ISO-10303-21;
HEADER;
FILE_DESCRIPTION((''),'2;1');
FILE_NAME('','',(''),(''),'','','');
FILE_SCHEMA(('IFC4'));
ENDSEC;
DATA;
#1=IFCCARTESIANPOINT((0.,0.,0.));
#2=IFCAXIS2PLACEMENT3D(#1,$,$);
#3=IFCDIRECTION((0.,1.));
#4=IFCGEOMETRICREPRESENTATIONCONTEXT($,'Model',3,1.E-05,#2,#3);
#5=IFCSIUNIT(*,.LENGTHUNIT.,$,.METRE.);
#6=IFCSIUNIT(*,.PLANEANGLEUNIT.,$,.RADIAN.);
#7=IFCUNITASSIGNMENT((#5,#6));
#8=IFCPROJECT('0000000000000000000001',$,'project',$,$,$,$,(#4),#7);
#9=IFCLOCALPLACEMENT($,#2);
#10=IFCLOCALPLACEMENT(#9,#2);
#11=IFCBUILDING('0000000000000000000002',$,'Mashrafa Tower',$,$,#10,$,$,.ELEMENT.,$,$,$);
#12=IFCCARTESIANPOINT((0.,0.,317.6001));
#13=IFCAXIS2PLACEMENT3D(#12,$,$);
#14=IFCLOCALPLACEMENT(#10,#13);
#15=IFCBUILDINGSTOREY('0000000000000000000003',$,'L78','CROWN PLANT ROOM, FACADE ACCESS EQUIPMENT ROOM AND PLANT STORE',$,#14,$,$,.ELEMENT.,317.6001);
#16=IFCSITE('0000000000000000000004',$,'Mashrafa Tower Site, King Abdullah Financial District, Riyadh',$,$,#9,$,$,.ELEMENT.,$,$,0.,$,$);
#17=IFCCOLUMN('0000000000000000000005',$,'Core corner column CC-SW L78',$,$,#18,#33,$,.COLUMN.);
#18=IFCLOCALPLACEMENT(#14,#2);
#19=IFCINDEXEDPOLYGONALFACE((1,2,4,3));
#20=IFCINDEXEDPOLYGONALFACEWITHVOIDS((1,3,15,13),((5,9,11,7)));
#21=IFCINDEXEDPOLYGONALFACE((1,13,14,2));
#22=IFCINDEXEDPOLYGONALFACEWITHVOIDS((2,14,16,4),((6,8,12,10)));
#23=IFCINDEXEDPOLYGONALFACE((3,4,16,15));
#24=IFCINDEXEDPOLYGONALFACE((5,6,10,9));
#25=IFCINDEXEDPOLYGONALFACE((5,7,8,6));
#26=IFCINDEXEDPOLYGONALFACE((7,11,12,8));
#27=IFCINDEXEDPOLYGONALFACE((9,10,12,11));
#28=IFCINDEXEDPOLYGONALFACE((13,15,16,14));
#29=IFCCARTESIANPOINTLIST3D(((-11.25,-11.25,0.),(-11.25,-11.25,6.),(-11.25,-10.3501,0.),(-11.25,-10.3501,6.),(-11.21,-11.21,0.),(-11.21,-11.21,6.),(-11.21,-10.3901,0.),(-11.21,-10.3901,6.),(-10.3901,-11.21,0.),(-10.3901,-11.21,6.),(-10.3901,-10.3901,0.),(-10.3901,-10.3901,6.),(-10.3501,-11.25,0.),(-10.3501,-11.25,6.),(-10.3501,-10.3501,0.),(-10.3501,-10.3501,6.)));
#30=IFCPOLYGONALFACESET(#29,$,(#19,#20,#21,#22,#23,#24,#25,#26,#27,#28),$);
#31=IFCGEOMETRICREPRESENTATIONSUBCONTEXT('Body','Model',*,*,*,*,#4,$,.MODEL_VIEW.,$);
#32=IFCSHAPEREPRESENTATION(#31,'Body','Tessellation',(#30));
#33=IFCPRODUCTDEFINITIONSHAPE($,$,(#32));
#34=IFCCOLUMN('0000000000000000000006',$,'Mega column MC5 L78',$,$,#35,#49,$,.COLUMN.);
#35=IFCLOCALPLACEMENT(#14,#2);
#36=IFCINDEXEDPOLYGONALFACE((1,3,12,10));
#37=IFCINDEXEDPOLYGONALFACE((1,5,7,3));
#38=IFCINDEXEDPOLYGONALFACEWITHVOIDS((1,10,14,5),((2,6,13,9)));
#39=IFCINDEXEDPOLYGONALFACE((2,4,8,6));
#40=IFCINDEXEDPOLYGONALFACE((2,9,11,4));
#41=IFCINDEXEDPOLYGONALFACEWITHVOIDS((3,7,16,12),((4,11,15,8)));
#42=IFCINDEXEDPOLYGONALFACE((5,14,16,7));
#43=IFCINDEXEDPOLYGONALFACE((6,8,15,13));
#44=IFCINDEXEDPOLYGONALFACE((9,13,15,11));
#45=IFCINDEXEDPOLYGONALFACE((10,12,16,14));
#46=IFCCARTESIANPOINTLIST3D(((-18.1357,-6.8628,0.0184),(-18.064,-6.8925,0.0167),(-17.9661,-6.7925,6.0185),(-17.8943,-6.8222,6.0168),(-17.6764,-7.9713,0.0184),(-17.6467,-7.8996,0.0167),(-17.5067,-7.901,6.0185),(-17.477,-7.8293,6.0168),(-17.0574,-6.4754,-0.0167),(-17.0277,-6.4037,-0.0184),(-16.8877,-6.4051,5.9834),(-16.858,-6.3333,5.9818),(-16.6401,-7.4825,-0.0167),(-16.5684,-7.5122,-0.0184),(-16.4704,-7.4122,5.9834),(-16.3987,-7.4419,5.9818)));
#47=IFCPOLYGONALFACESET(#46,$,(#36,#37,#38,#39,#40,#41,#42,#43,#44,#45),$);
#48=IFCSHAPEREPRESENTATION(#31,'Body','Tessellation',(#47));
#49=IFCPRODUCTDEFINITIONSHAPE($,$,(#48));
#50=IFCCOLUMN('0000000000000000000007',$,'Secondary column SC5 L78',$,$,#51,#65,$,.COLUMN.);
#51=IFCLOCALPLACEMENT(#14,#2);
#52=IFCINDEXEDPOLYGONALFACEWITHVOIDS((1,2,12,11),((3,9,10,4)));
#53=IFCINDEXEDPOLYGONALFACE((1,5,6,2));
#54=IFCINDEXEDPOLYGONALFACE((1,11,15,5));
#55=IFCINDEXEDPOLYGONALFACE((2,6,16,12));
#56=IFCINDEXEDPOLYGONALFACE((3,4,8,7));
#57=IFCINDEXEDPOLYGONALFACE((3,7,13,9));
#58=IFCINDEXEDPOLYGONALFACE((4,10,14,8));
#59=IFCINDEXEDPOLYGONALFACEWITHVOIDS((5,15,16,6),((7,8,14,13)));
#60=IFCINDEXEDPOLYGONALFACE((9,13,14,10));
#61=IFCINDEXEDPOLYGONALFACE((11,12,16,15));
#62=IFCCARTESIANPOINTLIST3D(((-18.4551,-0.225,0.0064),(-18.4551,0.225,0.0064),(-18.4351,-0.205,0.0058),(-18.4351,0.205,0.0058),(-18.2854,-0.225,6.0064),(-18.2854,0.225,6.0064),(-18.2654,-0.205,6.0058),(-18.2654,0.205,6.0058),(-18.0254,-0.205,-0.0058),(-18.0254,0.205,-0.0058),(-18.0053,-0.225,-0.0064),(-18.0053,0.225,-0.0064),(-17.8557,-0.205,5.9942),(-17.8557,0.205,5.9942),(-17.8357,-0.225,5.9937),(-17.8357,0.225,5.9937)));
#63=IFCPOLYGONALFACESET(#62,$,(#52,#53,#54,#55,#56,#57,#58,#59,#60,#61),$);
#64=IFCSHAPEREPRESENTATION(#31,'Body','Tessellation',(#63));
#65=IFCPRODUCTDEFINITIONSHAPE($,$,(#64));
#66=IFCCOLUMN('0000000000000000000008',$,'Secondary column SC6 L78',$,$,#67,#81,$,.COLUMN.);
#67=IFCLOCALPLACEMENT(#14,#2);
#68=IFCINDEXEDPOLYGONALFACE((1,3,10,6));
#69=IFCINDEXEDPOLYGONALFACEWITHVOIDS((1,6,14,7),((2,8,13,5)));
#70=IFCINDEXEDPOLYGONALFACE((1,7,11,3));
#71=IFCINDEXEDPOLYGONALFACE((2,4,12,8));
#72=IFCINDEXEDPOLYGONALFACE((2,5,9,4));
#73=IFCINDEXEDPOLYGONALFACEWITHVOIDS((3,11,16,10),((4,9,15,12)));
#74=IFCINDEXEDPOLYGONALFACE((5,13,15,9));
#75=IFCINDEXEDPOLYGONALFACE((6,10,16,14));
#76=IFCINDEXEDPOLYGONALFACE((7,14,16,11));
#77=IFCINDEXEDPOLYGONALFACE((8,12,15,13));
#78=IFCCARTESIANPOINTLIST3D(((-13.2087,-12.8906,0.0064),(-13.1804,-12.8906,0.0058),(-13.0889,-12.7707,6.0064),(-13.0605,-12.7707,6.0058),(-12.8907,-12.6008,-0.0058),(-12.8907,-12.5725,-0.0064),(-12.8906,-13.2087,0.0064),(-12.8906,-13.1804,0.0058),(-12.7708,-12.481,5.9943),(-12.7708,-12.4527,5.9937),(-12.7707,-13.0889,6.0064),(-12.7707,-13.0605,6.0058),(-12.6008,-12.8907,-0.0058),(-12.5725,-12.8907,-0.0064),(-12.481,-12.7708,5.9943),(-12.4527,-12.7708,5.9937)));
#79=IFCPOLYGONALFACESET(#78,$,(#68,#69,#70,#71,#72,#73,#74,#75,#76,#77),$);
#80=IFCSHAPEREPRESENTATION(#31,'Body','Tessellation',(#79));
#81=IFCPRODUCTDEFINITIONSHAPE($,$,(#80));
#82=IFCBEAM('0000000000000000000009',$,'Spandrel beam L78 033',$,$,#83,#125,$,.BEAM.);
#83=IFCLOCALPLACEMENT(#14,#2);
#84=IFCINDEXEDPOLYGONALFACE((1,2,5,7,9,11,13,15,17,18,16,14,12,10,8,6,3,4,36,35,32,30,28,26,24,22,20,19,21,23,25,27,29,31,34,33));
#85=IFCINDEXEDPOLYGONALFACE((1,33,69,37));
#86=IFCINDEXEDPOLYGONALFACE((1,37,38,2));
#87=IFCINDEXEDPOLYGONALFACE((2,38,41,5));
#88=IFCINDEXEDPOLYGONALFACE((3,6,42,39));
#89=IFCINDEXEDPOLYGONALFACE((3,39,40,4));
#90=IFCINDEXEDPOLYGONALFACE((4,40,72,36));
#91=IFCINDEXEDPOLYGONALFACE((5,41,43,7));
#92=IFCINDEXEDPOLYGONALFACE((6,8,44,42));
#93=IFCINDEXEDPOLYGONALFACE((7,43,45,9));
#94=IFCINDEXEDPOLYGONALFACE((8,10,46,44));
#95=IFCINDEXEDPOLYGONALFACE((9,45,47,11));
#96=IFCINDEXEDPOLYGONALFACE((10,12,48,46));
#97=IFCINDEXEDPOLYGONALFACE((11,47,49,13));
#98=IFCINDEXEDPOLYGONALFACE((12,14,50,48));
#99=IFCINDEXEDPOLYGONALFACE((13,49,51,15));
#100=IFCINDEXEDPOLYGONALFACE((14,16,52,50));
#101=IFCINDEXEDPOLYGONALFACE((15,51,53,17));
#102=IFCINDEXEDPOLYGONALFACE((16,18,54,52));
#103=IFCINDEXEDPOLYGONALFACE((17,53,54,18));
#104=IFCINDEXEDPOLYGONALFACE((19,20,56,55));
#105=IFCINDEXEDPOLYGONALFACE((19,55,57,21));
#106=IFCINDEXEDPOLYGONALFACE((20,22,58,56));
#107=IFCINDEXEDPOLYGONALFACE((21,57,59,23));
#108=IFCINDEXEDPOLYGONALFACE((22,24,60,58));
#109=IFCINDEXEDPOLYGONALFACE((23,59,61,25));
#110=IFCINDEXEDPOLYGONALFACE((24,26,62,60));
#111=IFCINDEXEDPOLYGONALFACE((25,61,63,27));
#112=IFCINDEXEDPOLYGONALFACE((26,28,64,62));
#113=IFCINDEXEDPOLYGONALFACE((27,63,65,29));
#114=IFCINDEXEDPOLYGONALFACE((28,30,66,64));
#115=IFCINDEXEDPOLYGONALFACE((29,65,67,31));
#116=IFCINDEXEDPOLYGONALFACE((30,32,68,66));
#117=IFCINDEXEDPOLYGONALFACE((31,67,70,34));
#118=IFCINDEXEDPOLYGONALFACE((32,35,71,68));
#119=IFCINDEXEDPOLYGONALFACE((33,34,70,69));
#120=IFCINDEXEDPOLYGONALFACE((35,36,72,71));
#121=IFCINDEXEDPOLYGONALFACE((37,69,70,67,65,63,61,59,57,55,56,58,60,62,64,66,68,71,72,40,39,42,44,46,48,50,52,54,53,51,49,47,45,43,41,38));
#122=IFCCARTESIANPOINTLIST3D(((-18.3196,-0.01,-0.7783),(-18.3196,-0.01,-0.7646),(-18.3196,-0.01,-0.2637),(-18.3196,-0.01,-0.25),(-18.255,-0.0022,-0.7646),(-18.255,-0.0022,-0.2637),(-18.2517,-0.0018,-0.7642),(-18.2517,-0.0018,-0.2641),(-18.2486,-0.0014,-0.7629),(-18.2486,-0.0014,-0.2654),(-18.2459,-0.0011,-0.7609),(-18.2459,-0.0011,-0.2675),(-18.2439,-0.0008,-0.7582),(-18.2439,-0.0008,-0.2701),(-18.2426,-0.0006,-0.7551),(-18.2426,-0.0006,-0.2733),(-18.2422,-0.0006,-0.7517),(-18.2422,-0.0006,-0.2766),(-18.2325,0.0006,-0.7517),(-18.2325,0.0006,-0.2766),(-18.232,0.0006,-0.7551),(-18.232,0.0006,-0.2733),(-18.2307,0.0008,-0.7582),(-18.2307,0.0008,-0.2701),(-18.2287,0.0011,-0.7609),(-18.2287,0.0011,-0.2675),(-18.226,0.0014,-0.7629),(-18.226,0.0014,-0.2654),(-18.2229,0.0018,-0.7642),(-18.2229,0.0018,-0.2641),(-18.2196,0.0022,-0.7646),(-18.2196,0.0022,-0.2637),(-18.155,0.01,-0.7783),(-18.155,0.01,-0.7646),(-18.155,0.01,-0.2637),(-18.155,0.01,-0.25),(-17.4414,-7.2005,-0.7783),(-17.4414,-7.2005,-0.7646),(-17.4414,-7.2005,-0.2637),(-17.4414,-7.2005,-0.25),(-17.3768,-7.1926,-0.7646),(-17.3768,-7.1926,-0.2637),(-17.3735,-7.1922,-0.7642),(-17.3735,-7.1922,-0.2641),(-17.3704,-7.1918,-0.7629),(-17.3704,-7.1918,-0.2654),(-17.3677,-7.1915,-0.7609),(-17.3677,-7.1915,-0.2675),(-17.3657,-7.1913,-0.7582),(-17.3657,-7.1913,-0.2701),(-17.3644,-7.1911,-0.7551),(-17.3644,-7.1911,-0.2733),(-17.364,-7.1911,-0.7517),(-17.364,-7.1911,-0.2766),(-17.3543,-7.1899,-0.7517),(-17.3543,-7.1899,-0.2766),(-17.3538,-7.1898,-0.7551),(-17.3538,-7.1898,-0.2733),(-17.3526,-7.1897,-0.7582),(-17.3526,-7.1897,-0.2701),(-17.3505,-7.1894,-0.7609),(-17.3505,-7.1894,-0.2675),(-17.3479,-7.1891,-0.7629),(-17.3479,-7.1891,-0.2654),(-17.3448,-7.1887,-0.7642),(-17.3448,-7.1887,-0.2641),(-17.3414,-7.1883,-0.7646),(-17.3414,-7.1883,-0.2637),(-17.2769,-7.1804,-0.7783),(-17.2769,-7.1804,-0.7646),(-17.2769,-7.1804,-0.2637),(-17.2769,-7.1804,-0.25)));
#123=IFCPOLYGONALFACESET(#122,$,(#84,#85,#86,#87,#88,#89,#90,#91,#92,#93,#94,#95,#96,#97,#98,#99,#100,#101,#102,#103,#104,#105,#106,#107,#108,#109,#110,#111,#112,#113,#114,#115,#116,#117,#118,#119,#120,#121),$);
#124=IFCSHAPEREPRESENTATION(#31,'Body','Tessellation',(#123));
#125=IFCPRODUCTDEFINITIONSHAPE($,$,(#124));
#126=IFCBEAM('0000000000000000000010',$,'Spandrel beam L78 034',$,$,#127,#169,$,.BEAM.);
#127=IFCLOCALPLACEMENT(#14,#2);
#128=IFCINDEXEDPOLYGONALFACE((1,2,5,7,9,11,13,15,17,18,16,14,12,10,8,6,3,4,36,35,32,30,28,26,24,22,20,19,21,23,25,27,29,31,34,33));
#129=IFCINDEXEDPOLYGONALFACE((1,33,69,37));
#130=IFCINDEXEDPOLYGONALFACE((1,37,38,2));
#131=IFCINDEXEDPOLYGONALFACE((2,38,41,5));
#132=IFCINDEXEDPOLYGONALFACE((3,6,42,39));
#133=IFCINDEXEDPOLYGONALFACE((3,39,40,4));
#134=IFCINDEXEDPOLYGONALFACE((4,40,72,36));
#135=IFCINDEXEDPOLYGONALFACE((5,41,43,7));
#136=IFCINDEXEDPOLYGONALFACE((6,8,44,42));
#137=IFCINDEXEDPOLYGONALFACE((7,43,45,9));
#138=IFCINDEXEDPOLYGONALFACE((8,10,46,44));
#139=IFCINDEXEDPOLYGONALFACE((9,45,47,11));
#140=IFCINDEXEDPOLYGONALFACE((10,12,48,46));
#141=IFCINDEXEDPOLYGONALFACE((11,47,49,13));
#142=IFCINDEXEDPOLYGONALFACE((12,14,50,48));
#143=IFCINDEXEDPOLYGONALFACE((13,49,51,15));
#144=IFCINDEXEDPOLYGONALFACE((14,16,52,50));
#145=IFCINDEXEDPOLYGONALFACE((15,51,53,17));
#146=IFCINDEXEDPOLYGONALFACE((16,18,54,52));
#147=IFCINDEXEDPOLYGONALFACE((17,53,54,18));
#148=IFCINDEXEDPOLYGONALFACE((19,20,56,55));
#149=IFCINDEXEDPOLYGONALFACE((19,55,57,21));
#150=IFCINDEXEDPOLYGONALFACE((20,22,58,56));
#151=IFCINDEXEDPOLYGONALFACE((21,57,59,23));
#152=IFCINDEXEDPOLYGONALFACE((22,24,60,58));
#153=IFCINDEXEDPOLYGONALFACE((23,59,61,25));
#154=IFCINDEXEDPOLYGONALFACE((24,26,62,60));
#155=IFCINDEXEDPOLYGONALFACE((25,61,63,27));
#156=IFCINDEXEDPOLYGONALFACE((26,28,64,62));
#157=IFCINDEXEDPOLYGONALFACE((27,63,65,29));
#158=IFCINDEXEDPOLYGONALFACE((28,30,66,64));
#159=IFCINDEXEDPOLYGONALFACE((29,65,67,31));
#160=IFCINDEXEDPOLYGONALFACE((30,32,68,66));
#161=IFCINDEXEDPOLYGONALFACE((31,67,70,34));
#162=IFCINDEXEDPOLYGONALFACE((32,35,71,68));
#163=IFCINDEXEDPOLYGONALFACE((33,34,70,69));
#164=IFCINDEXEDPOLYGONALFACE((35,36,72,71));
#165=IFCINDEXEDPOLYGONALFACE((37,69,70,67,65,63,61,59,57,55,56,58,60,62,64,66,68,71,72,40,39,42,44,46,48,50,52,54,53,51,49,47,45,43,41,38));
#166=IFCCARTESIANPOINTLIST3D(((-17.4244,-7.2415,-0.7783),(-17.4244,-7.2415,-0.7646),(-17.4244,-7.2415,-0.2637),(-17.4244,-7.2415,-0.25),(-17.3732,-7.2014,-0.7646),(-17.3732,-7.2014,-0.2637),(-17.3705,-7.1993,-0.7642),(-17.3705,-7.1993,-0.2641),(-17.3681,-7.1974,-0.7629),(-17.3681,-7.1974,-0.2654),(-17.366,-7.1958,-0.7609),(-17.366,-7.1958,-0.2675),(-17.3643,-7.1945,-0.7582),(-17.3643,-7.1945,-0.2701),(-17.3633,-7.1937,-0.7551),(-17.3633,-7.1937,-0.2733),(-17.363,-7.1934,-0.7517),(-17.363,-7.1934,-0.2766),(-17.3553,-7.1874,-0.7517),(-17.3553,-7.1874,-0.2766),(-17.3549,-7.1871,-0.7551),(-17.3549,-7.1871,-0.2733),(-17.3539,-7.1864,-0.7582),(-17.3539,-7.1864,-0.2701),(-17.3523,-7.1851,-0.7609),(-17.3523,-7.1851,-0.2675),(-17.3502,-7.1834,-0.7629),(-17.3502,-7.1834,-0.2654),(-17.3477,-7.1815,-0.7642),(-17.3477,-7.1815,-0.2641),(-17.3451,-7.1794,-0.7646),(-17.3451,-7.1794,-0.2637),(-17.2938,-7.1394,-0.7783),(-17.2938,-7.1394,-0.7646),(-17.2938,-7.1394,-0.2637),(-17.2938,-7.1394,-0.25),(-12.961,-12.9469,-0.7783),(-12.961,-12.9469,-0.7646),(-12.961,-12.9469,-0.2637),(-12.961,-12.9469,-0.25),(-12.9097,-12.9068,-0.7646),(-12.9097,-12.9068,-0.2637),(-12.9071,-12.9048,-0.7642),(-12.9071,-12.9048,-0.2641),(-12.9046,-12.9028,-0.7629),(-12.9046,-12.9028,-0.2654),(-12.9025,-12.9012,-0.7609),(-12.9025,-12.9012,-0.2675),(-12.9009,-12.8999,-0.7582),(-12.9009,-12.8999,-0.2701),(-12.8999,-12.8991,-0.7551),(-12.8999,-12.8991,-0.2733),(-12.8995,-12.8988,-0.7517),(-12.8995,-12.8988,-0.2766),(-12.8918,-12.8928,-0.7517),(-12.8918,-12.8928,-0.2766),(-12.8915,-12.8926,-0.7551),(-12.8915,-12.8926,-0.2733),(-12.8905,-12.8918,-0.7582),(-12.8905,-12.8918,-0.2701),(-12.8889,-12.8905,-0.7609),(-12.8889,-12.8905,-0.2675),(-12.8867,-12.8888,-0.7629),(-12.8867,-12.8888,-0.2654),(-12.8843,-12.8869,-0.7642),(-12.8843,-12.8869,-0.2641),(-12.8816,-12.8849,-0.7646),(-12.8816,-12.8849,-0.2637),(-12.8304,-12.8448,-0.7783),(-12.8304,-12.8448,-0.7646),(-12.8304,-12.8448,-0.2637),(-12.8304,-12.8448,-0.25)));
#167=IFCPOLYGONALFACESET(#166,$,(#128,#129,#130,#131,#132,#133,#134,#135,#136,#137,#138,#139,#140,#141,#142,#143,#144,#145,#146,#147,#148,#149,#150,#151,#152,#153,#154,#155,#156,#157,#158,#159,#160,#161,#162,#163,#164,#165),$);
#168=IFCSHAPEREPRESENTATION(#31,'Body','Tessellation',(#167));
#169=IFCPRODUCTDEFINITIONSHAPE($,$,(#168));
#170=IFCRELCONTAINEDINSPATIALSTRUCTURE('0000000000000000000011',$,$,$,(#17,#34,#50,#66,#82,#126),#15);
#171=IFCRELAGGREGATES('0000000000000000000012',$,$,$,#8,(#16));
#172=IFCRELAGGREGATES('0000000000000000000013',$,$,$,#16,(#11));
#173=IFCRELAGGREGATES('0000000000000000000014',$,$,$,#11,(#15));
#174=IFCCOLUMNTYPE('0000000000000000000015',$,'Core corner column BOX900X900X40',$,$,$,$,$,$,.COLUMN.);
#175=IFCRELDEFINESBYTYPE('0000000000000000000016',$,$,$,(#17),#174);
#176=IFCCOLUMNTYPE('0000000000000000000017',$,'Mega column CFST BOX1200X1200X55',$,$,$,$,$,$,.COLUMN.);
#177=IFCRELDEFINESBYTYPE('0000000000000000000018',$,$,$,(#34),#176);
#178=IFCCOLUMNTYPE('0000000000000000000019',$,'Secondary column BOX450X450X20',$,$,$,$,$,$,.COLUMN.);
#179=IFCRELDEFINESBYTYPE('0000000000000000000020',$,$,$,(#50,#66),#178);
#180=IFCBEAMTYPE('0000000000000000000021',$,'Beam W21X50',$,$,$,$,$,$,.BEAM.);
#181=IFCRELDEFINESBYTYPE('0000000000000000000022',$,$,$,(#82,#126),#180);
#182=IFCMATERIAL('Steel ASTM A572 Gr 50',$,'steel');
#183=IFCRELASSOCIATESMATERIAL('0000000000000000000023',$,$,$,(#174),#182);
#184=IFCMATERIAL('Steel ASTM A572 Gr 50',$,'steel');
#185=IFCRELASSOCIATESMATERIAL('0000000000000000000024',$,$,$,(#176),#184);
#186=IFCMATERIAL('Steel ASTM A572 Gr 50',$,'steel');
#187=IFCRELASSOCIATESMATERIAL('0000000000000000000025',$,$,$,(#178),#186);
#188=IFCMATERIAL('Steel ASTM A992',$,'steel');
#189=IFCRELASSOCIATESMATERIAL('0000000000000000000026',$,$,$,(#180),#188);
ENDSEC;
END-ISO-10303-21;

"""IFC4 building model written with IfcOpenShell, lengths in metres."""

from ifc_helpers import new_model, si_unit, direction, frame, origin, origin_2d, place, context, subcontext, project, spatial, hollow_rectangle, i_section, extrude, material, material_profile, profile_set, type_object, element, save


model = new_model("IFC4")

# Units and contexts
model_context = context("Model", 3, precision=1e-05, world=origin(), true_north=direction((0.0, 1.0)))
body_context = subcontext(model_context, "Body", "Model", "MODEL_VIEW")
ifc_project = project(units=[si_unit("LENGTHUNIT", "METRE"), si_unit("PLANEANGLEUNIT", "RADIAN")], contexts=[model_context])

# Site, building, storey
site_placement = place(None, origin())
site = spatial("IfcSite", under=ifc_project, at=site_placement, Name="Mashrafa Tower Site, King Abdullah Financial District, Riyadh", CompositionType="ELEMENT", RefElevation=0.0)
building_placement = place(site_placement, origin())
building = spatial("IfcBuilding", under=site, at=building_placement, Name="Mashrafa Tower", CompositionType="ELEMENT")
storey_placement = place(building_placement, frame((0.0, 0.0, 317.6001)))
storey = spatial("IfcBuildingStorey", under=building, at=storey_placement, Name="L78", Description="CROWN PLANT ROOM, FACADE ACCESS EQUIPMENT ROOM AND PLANT STORE", CompositionType="ELEMENT", Elevation=317.6001)

# Columns
ifc_material_1 = material(Name="Steel ASTM A572 Gr 50", Category="steel")
ifc_material_profile_1 = material_profile(ifc_material_1, hollow_rectangle(XDim=0.8999, YDim=0.8999, WallThickness=0.04, at=origin_2d()), Name="BOX900X900X40")
ifc_profile_set_1 = profile_set([ifc_material_profile_1], Name="Steel ASTM A572 Gr 50")
column_type_1 = type_object("IfcColumnType", Name="Core corner column BOX900X900X40", PredefinedType="COLUMN", material=ifc_profile_set_1)
column_1_placement = place(storey_placement, frame((-10.8, -10.8, 0.0), z_axis=(0.0, 0.0, 1.0), x_axis=(1.0, 0.0, 0.0)))
element("IfcColumn", 1, at=column_1_placement, inside=storey, type_object=column_type_1, Name="Core corner column CC-SW L78", PredefinedType="COLUMN", context=body_context, shape_type="SweptSolid", body=[
    extrude(hollow_rectangle(XDim=0.8999, YDim=0.8999, WallThickness=0.04, at=origin_2d()), origin(), (0.0, 0.0, 1.0), 6.0),
])
ifc_material_2 = material(Name="Steel ASTM A572 Gr 50", Category="steel")
ifc_material_profile_2 = material_profile(ifc_material_2, hollow_rectangle(XDim=1.2, YDim=1.2, WallThickness=0.0549, at=origin_2d()), Name="BOX1200X1200X55")
ifc_profile_set_2 = profile_set([ifc_material_profile_2], Name="Steel ASTM A572 Gr 50")
column_type_2 = type_object("IfcColumnType", Name="Mega column CFST BOX1200X1200X55", PredefinedType="COLUMN", material=ifc_profile_set_2)
column_2_placement = place(storey_placement, frame((-17.3521, -7.1875, 0.0), z_axis=(0.028266, 0.011713, 0.999532), x_axis=(-0.382821, 0.923822, 0.0)))
element("IfcColumn", 2, at=column_2_placement, inside=storey, type_object=column_type_2, Name="Mega column MC5 L78", PredefinedType="COLUMN", context=body_context, shape_type="SweptSolid", body=[
    extrude(hollow_rectangle(XDim=1.2, YDim=1.2, WallThickness=0.0549, at=origin_2d()), origin(), (0.0, 0.0, 1.0), 6.0029),
])
ifc_material_3 = material(Name="Steel ASTM A572 Gr 50", Category="steel")
ifc_material_profile_3 = material_profile(ifc_material_3, hollow_rectangle(XDim=0.45, YDim=0.45, WallThickness=0.02, at=origin_2d()), Name="BOX450X450X20")
ifc_profile_set_3 = profile_set([ifc_material_profile_3], Name="Steel ASTM A572 Gr 50")
column_type_3 = type_object("IfcColumnType", Name="Secondary column BOX450X450X20", PredefinedType="COLUMN", material=ifc_profile_set_3)
for number, where, z_axis, x_axis, name in (
    (3, (-18.2302, 0.0, 0.0), (0.028268, 0.0, 0.9996), (0.0, 1.0, 0.0), "Secondary column SC5 L78"),
    (4, (-12.8906, -12.8906, 0.0), (0.019971, 0.019971, 0.999601), (-0.707107, 0.707107, 0.0), "Secondary column SC6 L78"),
):
    element("IfcColumn", number, at=place(storey_placement, frame(where, z_axis=z_axis, x_axis=x_axis)), inside=storey, type_object=column_type_3, Name=name, PredefinedType="COLUMN", context=body_context, shape_type="SweptSolid", body=[
        extrude(hollow_rectangle(XDim=0.45, YDim=0.45, WallThickness=0.02, at=origin_2d()), origin(), (0.0, 0.0, 1.0), 6.0024),
    ])

# Beams
ifc_material_4 = material(Name="Steel ASTM A992", Category="steel")
ifc_material_profile_4 = material_profile(ifc_material_4, i_section(OverallWidth=0.1658, OverallDepth=0.5283, WebThickness=0.0098, FlangeThickness=0.0137, FilletRadius=0.0129, at=origin_2d()), Name="W21X50")
ifc_profile_set_4 = profile_set([ifc_material_profile_4], Name="Steel ASTM A992")
beam_type_1 = type_object("IfcBeamType", Name="Beam W21X50", PredefinedType="BEAM", material=ifc_profile_set_4)
for number, where, z_axis, x_axis, name in (
    (5, (-18.2373, 0.0, -0.5142), (0.12123, -0.992624, 0.0), (0.992624, 0.12123, 0.0), "Spandrel beam L78 033"),
    (6, (-17.3591, -7.1904, -0.5142), (0.616166, -0.787616, 0.0), (0.787616, 0.616166, 0.0), "Spandrel beam L78 034"),
):
    element("IfcBeam", number, at=place(storey_placement, frame(where, z_axis=z_axis, x_axis=x_axis)), inside=storey, type_object=beam_type_1, Name=name, PredefinedType="BEAM", context=body_context, shape_type="SweptSolid", body=[
        extrude(i_section(OverallWidth=0.1658, OverallDepth=0.5283, WebThickness=0.0098, FlangeThickness=0.0137, FilletRadius=0.0129, at=origin_2d()), origin(), (0.0, 0.0, 1.0), 7.2439),
    ])

save(model, "model.ifc")
